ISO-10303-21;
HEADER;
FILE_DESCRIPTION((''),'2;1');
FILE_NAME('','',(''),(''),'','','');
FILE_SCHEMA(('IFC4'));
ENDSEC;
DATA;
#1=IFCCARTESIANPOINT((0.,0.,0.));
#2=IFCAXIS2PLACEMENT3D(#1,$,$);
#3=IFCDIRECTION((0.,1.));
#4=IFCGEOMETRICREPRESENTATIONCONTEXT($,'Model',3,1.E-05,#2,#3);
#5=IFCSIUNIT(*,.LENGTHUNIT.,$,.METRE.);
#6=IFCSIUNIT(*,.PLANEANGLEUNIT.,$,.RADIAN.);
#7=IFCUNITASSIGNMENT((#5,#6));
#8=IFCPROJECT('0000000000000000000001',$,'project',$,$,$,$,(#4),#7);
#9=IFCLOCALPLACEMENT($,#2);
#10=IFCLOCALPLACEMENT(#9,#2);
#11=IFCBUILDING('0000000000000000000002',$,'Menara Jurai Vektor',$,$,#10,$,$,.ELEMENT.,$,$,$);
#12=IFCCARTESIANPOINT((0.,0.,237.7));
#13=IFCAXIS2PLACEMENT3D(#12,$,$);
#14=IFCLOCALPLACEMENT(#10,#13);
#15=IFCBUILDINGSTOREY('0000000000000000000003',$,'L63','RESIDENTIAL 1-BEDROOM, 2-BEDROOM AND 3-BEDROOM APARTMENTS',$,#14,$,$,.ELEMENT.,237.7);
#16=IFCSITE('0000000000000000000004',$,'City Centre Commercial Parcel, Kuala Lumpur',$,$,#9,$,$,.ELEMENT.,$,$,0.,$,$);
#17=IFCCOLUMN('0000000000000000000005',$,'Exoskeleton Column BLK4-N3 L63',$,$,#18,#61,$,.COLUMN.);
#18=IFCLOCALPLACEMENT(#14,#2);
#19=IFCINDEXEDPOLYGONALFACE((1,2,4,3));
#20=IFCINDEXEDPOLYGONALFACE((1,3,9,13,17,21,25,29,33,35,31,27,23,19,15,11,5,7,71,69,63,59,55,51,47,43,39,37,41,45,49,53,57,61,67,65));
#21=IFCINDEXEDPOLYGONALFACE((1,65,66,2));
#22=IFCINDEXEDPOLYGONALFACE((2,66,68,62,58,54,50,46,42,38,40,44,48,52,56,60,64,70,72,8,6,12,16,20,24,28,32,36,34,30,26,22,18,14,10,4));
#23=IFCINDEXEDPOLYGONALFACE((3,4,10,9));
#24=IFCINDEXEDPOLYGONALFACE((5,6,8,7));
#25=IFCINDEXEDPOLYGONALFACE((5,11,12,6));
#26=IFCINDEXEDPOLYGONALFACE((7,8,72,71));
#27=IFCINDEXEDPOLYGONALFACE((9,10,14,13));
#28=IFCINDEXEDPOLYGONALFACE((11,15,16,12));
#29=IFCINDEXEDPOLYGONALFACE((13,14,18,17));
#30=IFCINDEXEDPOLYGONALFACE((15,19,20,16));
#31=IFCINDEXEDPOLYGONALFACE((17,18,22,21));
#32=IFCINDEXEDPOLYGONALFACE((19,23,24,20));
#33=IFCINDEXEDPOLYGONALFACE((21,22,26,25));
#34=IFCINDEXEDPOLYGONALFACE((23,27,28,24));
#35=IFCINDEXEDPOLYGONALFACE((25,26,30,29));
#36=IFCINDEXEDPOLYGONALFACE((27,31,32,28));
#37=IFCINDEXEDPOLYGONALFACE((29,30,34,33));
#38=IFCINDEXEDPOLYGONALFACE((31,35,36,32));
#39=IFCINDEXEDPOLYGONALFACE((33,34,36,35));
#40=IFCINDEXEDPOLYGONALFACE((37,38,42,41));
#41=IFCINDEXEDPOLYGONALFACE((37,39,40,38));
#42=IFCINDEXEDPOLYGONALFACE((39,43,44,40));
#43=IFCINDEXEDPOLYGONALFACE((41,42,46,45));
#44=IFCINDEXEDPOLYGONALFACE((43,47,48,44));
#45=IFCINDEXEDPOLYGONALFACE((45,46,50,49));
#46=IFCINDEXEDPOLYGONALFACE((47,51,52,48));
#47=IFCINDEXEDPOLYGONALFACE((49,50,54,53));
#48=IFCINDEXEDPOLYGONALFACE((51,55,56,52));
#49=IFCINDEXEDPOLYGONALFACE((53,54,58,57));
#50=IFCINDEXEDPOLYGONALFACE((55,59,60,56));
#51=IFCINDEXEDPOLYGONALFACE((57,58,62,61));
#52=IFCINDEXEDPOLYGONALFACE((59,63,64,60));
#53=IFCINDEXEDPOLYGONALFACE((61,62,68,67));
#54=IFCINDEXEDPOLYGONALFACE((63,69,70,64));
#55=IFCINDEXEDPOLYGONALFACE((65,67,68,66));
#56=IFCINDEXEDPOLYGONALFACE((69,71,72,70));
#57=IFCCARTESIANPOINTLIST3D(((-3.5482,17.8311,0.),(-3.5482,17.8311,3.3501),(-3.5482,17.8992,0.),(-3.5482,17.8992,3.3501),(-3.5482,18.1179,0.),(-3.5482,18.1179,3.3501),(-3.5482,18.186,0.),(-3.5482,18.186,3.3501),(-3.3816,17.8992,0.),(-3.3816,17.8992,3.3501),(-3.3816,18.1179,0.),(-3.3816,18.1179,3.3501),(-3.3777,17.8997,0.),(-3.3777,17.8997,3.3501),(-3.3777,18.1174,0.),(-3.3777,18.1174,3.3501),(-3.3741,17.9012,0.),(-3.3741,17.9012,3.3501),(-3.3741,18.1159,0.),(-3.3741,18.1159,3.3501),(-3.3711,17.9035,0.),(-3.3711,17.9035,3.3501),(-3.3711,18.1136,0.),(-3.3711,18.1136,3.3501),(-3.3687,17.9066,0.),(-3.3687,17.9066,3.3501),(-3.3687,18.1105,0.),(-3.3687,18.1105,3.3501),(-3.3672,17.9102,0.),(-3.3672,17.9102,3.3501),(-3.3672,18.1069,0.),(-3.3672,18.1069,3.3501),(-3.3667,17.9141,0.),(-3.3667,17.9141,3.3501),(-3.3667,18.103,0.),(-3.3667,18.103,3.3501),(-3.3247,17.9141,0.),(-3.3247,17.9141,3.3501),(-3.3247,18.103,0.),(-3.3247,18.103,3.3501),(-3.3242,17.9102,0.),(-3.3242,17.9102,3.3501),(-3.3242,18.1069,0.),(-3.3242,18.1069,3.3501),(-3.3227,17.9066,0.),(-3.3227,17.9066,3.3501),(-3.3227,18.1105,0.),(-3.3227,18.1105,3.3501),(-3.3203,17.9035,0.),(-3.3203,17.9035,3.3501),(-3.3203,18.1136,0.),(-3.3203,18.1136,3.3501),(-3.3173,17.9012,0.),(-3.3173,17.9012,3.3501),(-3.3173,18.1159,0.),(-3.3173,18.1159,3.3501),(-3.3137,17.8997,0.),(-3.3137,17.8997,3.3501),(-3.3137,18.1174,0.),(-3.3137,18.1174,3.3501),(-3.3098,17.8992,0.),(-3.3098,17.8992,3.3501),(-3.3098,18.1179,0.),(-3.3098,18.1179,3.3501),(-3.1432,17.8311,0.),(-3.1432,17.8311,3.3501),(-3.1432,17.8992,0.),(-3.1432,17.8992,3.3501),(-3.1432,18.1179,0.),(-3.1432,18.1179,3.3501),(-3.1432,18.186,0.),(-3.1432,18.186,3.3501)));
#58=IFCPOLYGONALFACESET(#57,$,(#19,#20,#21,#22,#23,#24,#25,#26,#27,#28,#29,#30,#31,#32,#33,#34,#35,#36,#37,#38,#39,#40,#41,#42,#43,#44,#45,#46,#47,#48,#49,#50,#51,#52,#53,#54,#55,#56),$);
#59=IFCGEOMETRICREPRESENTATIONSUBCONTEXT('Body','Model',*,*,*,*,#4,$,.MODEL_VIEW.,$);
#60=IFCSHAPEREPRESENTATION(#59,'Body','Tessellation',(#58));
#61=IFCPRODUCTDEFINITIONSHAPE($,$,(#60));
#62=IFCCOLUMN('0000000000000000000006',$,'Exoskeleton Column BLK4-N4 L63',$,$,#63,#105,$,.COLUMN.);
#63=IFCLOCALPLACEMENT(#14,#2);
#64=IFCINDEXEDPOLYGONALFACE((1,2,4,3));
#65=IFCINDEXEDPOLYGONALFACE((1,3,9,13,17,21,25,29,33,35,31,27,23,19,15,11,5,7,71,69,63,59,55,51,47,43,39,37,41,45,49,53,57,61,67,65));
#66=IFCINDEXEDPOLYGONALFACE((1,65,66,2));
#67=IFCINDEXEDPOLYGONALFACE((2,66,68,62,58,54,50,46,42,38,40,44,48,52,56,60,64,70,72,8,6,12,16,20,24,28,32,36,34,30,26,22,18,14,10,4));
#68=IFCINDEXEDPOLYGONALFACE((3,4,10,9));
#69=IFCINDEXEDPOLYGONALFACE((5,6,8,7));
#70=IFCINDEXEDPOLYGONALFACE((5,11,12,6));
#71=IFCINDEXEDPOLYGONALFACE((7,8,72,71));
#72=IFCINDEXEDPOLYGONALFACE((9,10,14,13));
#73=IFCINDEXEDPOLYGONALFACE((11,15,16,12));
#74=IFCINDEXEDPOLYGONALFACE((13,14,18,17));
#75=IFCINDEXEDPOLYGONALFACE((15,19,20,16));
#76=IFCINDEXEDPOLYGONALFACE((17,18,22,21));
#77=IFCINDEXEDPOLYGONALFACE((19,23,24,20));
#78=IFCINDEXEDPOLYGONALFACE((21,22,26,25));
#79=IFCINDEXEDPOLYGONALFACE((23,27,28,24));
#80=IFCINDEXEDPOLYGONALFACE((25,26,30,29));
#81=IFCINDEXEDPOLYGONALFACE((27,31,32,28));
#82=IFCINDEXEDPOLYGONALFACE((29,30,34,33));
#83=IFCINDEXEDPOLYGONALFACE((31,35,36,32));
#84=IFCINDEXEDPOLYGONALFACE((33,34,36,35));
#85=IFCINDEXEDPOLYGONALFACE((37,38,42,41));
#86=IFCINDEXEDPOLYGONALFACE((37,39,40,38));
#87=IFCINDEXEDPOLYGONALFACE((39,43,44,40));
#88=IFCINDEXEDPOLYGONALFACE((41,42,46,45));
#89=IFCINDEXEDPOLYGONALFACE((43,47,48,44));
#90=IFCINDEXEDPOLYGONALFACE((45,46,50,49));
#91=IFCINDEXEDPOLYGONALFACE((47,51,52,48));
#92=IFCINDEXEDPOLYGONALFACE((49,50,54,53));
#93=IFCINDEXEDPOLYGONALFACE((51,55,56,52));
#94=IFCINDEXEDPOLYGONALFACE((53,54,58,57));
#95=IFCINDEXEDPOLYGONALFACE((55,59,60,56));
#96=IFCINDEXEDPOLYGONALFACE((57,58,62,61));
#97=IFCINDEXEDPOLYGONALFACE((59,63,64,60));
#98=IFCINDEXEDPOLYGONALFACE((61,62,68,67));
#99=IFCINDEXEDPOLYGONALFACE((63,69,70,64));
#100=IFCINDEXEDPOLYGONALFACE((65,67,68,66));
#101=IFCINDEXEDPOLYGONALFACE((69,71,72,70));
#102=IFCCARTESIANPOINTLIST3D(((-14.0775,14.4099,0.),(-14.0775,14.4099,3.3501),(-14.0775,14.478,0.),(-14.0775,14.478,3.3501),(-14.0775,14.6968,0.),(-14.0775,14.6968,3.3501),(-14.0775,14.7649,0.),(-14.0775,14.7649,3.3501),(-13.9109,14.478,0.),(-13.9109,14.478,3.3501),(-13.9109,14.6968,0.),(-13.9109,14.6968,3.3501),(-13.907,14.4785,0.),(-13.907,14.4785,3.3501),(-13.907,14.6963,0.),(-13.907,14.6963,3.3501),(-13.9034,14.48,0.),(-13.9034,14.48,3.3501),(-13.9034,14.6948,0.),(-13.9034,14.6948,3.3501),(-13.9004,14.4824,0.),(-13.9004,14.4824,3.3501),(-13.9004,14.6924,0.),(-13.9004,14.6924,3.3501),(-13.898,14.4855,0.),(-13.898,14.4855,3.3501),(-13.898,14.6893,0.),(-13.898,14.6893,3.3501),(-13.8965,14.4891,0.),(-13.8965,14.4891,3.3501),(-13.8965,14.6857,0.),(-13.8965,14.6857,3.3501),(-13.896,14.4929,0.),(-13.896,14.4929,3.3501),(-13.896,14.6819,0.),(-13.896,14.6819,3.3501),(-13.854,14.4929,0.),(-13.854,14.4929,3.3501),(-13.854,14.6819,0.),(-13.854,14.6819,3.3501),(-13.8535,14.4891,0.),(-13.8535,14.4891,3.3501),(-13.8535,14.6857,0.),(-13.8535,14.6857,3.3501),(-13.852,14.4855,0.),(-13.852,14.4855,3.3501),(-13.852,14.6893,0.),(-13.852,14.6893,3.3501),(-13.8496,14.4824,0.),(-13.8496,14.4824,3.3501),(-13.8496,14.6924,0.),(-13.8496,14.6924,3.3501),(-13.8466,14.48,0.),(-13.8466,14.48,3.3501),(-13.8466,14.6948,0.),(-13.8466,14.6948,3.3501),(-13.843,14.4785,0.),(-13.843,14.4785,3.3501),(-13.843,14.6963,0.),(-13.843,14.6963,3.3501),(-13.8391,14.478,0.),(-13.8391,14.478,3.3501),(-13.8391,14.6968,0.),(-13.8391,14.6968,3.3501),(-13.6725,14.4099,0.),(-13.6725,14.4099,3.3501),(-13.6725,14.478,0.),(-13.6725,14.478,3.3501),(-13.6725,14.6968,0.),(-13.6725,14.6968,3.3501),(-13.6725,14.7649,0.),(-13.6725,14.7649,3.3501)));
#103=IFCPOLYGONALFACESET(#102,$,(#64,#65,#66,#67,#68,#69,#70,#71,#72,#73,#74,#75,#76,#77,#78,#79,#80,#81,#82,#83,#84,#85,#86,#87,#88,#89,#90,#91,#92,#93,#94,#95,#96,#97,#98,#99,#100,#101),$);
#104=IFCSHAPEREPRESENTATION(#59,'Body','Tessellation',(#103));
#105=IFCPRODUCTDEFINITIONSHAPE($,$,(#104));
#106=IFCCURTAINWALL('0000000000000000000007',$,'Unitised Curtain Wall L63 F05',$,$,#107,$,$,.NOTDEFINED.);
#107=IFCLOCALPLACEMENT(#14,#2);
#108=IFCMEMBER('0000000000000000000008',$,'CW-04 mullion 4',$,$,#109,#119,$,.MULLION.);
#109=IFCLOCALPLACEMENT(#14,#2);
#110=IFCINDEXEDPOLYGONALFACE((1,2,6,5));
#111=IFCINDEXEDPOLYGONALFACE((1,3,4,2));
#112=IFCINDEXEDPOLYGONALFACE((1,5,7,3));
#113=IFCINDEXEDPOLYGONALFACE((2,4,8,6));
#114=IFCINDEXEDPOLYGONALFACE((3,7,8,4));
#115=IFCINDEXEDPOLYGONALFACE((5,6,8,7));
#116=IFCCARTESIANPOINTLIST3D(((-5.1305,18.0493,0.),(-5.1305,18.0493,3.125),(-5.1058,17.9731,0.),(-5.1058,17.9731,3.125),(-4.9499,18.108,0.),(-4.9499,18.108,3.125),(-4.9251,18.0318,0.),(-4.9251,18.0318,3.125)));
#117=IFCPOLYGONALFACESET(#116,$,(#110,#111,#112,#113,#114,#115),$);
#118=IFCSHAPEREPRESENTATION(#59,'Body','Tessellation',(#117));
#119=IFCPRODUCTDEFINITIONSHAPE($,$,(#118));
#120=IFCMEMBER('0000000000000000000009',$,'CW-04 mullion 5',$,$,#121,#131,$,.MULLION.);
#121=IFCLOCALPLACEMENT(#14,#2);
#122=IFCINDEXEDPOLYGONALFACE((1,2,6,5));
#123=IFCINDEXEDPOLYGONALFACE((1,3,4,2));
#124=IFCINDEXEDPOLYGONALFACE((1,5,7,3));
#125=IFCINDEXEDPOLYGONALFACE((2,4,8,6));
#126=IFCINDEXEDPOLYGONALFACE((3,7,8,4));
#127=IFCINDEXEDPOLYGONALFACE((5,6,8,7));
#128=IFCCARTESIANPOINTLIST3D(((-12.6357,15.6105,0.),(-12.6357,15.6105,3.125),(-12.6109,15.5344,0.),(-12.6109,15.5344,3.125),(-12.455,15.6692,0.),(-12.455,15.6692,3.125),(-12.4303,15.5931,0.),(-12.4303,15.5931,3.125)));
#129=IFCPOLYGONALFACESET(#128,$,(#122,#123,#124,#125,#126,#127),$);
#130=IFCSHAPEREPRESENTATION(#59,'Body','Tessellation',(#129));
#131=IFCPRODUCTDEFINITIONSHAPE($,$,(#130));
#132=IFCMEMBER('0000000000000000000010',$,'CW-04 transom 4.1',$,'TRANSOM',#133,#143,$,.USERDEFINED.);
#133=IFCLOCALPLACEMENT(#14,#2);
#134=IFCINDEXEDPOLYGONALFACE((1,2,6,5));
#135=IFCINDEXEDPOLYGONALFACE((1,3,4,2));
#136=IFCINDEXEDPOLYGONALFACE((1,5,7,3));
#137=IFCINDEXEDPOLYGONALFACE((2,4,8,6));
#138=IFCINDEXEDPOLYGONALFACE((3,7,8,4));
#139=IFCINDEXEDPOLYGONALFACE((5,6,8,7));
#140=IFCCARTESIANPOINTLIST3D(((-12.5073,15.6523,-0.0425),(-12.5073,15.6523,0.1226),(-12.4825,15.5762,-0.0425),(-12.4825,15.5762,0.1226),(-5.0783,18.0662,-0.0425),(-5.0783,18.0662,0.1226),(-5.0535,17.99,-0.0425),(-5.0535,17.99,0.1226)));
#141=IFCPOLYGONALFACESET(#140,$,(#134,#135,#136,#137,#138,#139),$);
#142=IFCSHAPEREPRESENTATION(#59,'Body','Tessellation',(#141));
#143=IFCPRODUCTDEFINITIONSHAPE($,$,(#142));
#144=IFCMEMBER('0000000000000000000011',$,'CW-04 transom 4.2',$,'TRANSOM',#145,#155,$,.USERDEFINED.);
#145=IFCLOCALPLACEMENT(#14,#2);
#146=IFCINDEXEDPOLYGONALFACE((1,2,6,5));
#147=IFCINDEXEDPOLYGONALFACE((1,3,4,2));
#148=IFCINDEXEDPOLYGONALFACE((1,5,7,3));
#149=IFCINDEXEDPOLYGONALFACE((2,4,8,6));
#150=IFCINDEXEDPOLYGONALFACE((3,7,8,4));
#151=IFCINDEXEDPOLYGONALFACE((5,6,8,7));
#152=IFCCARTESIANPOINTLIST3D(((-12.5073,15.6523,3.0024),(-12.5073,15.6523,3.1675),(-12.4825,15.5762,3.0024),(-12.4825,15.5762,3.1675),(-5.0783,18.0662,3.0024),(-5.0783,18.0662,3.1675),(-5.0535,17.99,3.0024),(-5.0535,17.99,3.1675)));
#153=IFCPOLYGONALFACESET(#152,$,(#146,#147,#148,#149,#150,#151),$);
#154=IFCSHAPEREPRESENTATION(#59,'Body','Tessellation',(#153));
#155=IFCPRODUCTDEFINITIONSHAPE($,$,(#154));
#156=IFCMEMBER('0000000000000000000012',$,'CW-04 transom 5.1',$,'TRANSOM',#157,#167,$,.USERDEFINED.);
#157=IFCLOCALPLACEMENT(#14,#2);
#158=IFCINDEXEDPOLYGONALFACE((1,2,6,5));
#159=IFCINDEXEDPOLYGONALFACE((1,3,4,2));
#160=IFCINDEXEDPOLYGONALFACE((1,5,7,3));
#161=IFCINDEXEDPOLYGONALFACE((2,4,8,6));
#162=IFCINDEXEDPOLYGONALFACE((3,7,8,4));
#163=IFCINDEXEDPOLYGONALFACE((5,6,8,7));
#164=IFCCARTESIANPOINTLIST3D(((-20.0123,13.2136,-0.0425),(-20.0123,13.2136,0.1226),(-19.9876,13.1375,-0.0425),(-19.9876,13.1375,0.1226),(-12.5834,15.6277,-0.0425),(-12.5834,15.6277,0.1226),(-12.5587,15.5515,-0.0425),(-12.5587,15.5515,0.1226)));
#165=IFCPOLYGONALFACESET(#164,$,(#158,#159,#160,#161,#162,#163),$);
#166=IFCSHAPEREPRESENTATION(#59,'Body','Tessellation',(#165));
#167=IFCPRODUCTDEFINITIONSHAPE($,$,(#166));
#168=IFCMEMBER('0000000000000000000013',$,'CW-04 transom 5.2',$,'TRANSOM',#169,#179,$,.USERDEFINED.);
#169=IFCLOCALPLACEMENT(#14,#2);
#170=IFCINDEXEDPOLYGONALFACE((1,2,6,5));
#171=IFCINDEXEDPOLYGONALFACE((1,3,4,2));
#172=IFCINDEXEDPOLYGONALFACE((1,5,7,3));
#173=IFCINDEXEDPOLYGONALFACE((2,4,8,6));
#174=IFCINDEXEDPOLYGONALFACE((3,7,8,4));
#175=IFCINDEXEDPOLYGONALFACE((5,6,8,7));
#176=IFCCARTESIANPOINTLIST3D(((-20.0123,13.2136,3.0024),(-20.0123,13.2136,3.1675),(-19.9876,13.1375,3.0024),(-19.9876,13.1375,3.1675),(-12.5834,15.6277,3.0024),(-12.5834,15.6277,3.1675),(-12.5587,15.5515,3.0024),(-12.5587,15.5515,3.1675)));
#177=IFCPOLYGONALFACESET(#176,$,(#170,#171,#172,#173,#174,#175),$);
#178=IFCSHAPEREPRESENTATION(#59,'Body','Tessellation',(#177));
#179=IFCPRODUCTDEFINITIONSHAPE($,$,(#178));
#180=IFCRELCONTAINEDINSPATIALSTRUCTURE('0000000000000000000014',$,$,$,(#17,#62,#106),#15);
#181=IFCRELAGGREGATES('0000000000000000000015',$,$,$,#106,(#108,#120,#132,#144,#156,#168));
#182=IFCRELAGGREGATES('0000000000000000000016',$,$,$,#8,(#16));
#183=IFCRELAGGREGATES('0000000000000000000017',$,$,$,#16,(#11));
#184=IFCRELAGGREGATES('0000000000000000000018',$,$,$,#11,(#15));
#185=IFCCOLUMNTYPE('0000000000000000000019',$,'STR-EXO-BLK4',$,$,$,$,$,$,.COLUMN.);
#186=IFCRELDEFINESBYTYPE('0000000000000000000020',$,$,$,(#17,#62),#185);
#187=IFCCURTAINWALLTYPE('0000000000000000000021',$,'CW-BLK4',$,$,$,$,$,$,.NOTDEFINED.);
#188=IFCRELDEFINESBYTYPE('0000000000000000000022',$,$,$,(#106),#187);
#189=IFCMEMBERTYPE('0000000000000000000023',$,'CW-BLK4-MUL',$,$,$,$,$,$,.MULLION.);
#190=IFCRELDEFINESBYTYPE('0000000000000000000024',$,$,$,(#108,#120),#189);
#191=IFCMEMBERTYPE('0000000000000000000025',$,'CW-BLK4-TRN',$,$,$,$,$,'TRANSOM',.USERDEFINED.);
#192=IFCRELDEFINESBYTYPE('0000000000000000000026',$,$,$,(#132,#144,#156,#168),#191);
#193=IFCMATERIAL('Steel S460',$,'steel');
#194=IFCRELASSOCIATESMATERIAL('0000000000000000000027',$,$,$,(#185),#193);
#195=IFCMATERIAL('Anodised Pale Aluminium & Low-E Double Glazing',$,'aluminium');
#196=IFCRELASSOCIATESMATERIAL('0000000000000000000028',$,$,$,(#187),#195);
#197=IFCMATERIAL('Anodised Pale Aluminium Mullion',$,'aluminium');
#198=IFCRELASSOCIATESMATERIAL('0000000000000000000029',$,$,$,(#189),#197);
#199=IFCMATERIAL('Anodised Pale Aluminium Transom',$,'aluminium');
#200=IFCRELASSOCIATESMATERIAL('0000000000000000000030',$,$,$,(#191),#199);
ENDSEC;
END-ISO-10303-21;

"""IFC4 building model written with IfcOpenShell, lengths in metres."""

from ifc_helpers import new_model, si_unit, direction, frame, origin, origin_2d, place, context, subcontext, project, spatial, rectangle, i_section, extrude, material, material_profile, profile_set, type_object, element, aggregate, save


model = new_model("IFC4")

# Units and contexts
model_context = context("Model", 3, precision=1e-05, world=origin(), true_north=direction((0.0, 1.0)))
body_context = subcontext(model_context, "Body", "Model", "MODEL_VIEW")
ifc_project = project(units=[si_unit("LENGTHUNIT", "METRE"), si_unit("PLANEANGLEUNIT", "RADIAN")], contexts=[model_context])

# Site, building, storey
site_placement = place(None, origin())
site = spatial("IfcSite", under=ifc_project, at=site_placement, Name="City Centre Commercial Parcel, Kuala Lumpur", CompositionType="ELEMENT", RefElevation=0.0)
building_placement = place(site_placement, origin())
building = spatial("IfcBuilding", under=site, at=building_placement, Name="Menara Jurai Vektor", CompositionType="ELEMENT")
storey_placement = place(building_placement, frame((0.0, 0.0, 237.7)))
storey = spatial("IfcBuildingStorey", under=building, at=storey_placement, Name="L63", Description="RESIDENTIAL 1-BEDROOM, 2-BEDROOM AND 3-BEDROOM APARTMENTS", CompositionType="ELEMENT", Elevation=237.7)

# Columns
ifc_material_1 = material(Name="Steel S460", Category="steel")
ifc_material_profile_1 = material_profile(ifc_material_1, i_section(OverallWidth=0.405, OverallDepth=0.355, WebThickness=0.042, FlangeThickness=0.0681, FilletRadius=0.0149, at=origin_2d()), Name="HD 400x551")
ifc_profile_set_1 = profile_set([ifc_material_profile_1], Name="Steel S460")
column_type = type_object("IfcColumnType", Name="STR-EXO-BLK4", PredefinedType="COLUMN", material=ifc_profile_set_1)
for number, where, z_axis, x_axis, name in (
    (1, (-3.3457, 18.0085, 0.0), (0.0, 0.0, 1.0), (1.0, 0.0, 0.0), "Exoskeleton Column BLK4-N3 L63"),
    (2, (-13.875, 14.5874, 0.0), (0.0, 0.0, 1.0), (1.0, 0.0, 0.0), "Exoskeleton Column BLK4-N4 L63"),
):
    element("IfcColumn", number, at=place(storey_placement, frame(where, z_axis=z_axis, x_axis=x_axis)), inside=storey, type_object=column_type, Name=name, PredefinedType="COLUMN", context=body_context, shape_type="SweptSolid", body=[
        extrude(i_section(OverallWidth=0.405, OverallDepth=0.355, WebThickness=0.042, FlangeThickness=0.0681, FilletRadius=0.0149, at=origin_2d()), origin(), (0.0, 0.0, 1.0), 3.3501),
    ])

# Curtain wall, members
ifc_material_2 = material(Name="Anodised Pale Aluminium & Low-E Double Glazing", Category="aluminium")
curtain_wall_type = type_object("IfcCurtainWallType", Name="CW-BLK4", PredefinedType="NOTDEFINED", material=ifc_material_2)
curtain_wall_placement = place(storey_placement, origin())
curtain_wall = element("IfcCurtainWall", 3, at=curtain_wall_placement, inside=storey, type_object=curtain_wall_type, Name="Unitised Curtain Wall L63 F05", PredefinedType="NOTDEFINED")
ifc_material_3 = material(Name="Anodised Pale Aluminium Mullion", Category="aluminium")
ifc_material_profile_2 = material_profile(ifc_material_3, rectangle(XDim=0.0801, YDim=0.1899, at=origin_2d()), Name="ALU MUL 80x190")
ifc_profile_set_2 = profile_set([ifc_material_profile_2], Name="Anodised Pale Aluminium Mullion")
member_type_1 = type_object("IfcMemberType", Name="CW-BLK4-MUL", PredefinedType="MULLION", material=ifc_profile_set_2)
member_1_placement = place(storey_placement, frame((-5.0278, 18.0405, 0.0), z_axis=(0.0, 0.0, 1.0), x_axis=(0.309017, -0.951056, 0.0)))
member_1 = element("IfcMember", 4, at=member_1_placement, type_object=member_type_1, Name="CW-04 mullion 4", PredefinedType="MULLION", context=body_context, shape_type="SweptSolid", body=[
    extrude(rectangle(XDim=0.0801, YDim=0.1899, at=origin_2d()), origin(), (0.0, 0.0, 1.0), 3.125),
])
member_2_placement = place(storey_placement, frame((-12.533, 15.6018, 0.0), z_axis=(0.0, 0.0, 1.0), x_axis=(0.309017, -0.951056, 0.0)))
member_2 = element("IfcMember", 5, at=member_2_placement, type_object=member_type_1, Name="CW-04 mullion 5", PredefinedType="MULLION", context=body_context, shape_type="SweptSolid", body=[
    extrude(rectangle(XDim=0.0801, YDim=0.1899, at=origin_2d()), origin(), (0.0, 0.0, 1.0), 3.125),
])
ifc_material_4 = material(Name="Anodised Pale Aluminium Transom", Category="aluminium")
ifc_material_profile_3 = material_profile(ifc_material_4, rectangle(XDim=0.0801, YDim=0.165, at=origin_2d()), Name="ALU TRN 80x165")
ifc_profile_set_3 = profile_set([ifc_material_profile_3], Name="Anodised Pale Aluminium Transom")
member_type_2 = type_object("IfcMemberType", Name="CW-BLK4-TRN", ElementType="TRANSOM", PredefinedType="USERDEFINED", material=ifc_profile_set_3)
member_3_placement = place(storey_placement, frame((-5.0659, 18.0281, 0.04), z_axis=(-0.951056, -0.309018, 0.0), x_axis=(0.309018, -0.951056, 0.0)))
member_3 = element("IfcMember", 6, at=member_3_placement, type_object=member_type_2, Name="CW-04 transom 4.1", ObjectType="TRANSOM", PredefinedType="USERDEFINED", context=body_context, shape_type="SweptSolid", body=[
    extrude(rectangle(XDim=0.0801, YDim=0.165, at=origin_2d()), origin(), (0.0, 0.0, 1.0), 7.8113),
])
member_4_placement = place(storey_placement, frame((-5.0659, 18.0281, 3.085), z_axis=(-0.951056, -0.309018, 0.0), x_axis=(0.309018, -0.951056, 0.0)))
member_4 = element("IfcMember", 7, at=member_4_placement, type_object=member_type_2, Name="CW-04 transom 4.2", ObjectType="TRANSOM", PredefinedType="USERDEFINED", context=body_context, shape_type="SweptSolid", body=[
    extrude(rectangle(XDim=0.0801, YDim=0.165, at=origin_2d()), origin(), (0.0, 0.0, 1.0), 7.8113),
])
member_5_placement = place(storey_placement, frame((-12.571, 15.5896, 0.04), z_axis=(-0.951047, -0.309046, 0.0), x_axis=(0.309046, -0.951047, 0.0)))
member_5 = element("IfcMember", 8, at=member_5_placement, type_object=member_type_2, Name="CW-04 transom 5.1", ObjectType="TRANSOM", PredefinedType="USERDEFINED", context=body_context, shape_type="SweptSolid", body=[
    extrude(rectangle(XDim=0.0801, YDim=0.165, at=origin_2d()), origin(), (0.0, 0.0, 1.0), 7.8113),
])
member_6_placement = place(storey_placement, frame((-12.571, 15.5896, 3.085), z_axis=(-0.951047, -0.309046, 0.0), x_axis=(0.309046, -0.951047, 0.0)))
member_6 = element("IfcMember", 9, at=member_6_placement, type_object=member_type_2, Name="CW-04 transom 5.2", ObjectType="TRANSOM", PredefinedType="USERDEFINED", context=body_context, shape_type="SweptSolid", body=[
    extrude(rectangle(XDim=0.0801, YDim=0.165, at=origin_2d()), origin(), (0.0, 0.0, 1.0), 7.8113),
])

aggregate(curtain_wall, [member_1, member_2, member_3, member_4, member_5, member_6])

save(model, "model.ifc")
